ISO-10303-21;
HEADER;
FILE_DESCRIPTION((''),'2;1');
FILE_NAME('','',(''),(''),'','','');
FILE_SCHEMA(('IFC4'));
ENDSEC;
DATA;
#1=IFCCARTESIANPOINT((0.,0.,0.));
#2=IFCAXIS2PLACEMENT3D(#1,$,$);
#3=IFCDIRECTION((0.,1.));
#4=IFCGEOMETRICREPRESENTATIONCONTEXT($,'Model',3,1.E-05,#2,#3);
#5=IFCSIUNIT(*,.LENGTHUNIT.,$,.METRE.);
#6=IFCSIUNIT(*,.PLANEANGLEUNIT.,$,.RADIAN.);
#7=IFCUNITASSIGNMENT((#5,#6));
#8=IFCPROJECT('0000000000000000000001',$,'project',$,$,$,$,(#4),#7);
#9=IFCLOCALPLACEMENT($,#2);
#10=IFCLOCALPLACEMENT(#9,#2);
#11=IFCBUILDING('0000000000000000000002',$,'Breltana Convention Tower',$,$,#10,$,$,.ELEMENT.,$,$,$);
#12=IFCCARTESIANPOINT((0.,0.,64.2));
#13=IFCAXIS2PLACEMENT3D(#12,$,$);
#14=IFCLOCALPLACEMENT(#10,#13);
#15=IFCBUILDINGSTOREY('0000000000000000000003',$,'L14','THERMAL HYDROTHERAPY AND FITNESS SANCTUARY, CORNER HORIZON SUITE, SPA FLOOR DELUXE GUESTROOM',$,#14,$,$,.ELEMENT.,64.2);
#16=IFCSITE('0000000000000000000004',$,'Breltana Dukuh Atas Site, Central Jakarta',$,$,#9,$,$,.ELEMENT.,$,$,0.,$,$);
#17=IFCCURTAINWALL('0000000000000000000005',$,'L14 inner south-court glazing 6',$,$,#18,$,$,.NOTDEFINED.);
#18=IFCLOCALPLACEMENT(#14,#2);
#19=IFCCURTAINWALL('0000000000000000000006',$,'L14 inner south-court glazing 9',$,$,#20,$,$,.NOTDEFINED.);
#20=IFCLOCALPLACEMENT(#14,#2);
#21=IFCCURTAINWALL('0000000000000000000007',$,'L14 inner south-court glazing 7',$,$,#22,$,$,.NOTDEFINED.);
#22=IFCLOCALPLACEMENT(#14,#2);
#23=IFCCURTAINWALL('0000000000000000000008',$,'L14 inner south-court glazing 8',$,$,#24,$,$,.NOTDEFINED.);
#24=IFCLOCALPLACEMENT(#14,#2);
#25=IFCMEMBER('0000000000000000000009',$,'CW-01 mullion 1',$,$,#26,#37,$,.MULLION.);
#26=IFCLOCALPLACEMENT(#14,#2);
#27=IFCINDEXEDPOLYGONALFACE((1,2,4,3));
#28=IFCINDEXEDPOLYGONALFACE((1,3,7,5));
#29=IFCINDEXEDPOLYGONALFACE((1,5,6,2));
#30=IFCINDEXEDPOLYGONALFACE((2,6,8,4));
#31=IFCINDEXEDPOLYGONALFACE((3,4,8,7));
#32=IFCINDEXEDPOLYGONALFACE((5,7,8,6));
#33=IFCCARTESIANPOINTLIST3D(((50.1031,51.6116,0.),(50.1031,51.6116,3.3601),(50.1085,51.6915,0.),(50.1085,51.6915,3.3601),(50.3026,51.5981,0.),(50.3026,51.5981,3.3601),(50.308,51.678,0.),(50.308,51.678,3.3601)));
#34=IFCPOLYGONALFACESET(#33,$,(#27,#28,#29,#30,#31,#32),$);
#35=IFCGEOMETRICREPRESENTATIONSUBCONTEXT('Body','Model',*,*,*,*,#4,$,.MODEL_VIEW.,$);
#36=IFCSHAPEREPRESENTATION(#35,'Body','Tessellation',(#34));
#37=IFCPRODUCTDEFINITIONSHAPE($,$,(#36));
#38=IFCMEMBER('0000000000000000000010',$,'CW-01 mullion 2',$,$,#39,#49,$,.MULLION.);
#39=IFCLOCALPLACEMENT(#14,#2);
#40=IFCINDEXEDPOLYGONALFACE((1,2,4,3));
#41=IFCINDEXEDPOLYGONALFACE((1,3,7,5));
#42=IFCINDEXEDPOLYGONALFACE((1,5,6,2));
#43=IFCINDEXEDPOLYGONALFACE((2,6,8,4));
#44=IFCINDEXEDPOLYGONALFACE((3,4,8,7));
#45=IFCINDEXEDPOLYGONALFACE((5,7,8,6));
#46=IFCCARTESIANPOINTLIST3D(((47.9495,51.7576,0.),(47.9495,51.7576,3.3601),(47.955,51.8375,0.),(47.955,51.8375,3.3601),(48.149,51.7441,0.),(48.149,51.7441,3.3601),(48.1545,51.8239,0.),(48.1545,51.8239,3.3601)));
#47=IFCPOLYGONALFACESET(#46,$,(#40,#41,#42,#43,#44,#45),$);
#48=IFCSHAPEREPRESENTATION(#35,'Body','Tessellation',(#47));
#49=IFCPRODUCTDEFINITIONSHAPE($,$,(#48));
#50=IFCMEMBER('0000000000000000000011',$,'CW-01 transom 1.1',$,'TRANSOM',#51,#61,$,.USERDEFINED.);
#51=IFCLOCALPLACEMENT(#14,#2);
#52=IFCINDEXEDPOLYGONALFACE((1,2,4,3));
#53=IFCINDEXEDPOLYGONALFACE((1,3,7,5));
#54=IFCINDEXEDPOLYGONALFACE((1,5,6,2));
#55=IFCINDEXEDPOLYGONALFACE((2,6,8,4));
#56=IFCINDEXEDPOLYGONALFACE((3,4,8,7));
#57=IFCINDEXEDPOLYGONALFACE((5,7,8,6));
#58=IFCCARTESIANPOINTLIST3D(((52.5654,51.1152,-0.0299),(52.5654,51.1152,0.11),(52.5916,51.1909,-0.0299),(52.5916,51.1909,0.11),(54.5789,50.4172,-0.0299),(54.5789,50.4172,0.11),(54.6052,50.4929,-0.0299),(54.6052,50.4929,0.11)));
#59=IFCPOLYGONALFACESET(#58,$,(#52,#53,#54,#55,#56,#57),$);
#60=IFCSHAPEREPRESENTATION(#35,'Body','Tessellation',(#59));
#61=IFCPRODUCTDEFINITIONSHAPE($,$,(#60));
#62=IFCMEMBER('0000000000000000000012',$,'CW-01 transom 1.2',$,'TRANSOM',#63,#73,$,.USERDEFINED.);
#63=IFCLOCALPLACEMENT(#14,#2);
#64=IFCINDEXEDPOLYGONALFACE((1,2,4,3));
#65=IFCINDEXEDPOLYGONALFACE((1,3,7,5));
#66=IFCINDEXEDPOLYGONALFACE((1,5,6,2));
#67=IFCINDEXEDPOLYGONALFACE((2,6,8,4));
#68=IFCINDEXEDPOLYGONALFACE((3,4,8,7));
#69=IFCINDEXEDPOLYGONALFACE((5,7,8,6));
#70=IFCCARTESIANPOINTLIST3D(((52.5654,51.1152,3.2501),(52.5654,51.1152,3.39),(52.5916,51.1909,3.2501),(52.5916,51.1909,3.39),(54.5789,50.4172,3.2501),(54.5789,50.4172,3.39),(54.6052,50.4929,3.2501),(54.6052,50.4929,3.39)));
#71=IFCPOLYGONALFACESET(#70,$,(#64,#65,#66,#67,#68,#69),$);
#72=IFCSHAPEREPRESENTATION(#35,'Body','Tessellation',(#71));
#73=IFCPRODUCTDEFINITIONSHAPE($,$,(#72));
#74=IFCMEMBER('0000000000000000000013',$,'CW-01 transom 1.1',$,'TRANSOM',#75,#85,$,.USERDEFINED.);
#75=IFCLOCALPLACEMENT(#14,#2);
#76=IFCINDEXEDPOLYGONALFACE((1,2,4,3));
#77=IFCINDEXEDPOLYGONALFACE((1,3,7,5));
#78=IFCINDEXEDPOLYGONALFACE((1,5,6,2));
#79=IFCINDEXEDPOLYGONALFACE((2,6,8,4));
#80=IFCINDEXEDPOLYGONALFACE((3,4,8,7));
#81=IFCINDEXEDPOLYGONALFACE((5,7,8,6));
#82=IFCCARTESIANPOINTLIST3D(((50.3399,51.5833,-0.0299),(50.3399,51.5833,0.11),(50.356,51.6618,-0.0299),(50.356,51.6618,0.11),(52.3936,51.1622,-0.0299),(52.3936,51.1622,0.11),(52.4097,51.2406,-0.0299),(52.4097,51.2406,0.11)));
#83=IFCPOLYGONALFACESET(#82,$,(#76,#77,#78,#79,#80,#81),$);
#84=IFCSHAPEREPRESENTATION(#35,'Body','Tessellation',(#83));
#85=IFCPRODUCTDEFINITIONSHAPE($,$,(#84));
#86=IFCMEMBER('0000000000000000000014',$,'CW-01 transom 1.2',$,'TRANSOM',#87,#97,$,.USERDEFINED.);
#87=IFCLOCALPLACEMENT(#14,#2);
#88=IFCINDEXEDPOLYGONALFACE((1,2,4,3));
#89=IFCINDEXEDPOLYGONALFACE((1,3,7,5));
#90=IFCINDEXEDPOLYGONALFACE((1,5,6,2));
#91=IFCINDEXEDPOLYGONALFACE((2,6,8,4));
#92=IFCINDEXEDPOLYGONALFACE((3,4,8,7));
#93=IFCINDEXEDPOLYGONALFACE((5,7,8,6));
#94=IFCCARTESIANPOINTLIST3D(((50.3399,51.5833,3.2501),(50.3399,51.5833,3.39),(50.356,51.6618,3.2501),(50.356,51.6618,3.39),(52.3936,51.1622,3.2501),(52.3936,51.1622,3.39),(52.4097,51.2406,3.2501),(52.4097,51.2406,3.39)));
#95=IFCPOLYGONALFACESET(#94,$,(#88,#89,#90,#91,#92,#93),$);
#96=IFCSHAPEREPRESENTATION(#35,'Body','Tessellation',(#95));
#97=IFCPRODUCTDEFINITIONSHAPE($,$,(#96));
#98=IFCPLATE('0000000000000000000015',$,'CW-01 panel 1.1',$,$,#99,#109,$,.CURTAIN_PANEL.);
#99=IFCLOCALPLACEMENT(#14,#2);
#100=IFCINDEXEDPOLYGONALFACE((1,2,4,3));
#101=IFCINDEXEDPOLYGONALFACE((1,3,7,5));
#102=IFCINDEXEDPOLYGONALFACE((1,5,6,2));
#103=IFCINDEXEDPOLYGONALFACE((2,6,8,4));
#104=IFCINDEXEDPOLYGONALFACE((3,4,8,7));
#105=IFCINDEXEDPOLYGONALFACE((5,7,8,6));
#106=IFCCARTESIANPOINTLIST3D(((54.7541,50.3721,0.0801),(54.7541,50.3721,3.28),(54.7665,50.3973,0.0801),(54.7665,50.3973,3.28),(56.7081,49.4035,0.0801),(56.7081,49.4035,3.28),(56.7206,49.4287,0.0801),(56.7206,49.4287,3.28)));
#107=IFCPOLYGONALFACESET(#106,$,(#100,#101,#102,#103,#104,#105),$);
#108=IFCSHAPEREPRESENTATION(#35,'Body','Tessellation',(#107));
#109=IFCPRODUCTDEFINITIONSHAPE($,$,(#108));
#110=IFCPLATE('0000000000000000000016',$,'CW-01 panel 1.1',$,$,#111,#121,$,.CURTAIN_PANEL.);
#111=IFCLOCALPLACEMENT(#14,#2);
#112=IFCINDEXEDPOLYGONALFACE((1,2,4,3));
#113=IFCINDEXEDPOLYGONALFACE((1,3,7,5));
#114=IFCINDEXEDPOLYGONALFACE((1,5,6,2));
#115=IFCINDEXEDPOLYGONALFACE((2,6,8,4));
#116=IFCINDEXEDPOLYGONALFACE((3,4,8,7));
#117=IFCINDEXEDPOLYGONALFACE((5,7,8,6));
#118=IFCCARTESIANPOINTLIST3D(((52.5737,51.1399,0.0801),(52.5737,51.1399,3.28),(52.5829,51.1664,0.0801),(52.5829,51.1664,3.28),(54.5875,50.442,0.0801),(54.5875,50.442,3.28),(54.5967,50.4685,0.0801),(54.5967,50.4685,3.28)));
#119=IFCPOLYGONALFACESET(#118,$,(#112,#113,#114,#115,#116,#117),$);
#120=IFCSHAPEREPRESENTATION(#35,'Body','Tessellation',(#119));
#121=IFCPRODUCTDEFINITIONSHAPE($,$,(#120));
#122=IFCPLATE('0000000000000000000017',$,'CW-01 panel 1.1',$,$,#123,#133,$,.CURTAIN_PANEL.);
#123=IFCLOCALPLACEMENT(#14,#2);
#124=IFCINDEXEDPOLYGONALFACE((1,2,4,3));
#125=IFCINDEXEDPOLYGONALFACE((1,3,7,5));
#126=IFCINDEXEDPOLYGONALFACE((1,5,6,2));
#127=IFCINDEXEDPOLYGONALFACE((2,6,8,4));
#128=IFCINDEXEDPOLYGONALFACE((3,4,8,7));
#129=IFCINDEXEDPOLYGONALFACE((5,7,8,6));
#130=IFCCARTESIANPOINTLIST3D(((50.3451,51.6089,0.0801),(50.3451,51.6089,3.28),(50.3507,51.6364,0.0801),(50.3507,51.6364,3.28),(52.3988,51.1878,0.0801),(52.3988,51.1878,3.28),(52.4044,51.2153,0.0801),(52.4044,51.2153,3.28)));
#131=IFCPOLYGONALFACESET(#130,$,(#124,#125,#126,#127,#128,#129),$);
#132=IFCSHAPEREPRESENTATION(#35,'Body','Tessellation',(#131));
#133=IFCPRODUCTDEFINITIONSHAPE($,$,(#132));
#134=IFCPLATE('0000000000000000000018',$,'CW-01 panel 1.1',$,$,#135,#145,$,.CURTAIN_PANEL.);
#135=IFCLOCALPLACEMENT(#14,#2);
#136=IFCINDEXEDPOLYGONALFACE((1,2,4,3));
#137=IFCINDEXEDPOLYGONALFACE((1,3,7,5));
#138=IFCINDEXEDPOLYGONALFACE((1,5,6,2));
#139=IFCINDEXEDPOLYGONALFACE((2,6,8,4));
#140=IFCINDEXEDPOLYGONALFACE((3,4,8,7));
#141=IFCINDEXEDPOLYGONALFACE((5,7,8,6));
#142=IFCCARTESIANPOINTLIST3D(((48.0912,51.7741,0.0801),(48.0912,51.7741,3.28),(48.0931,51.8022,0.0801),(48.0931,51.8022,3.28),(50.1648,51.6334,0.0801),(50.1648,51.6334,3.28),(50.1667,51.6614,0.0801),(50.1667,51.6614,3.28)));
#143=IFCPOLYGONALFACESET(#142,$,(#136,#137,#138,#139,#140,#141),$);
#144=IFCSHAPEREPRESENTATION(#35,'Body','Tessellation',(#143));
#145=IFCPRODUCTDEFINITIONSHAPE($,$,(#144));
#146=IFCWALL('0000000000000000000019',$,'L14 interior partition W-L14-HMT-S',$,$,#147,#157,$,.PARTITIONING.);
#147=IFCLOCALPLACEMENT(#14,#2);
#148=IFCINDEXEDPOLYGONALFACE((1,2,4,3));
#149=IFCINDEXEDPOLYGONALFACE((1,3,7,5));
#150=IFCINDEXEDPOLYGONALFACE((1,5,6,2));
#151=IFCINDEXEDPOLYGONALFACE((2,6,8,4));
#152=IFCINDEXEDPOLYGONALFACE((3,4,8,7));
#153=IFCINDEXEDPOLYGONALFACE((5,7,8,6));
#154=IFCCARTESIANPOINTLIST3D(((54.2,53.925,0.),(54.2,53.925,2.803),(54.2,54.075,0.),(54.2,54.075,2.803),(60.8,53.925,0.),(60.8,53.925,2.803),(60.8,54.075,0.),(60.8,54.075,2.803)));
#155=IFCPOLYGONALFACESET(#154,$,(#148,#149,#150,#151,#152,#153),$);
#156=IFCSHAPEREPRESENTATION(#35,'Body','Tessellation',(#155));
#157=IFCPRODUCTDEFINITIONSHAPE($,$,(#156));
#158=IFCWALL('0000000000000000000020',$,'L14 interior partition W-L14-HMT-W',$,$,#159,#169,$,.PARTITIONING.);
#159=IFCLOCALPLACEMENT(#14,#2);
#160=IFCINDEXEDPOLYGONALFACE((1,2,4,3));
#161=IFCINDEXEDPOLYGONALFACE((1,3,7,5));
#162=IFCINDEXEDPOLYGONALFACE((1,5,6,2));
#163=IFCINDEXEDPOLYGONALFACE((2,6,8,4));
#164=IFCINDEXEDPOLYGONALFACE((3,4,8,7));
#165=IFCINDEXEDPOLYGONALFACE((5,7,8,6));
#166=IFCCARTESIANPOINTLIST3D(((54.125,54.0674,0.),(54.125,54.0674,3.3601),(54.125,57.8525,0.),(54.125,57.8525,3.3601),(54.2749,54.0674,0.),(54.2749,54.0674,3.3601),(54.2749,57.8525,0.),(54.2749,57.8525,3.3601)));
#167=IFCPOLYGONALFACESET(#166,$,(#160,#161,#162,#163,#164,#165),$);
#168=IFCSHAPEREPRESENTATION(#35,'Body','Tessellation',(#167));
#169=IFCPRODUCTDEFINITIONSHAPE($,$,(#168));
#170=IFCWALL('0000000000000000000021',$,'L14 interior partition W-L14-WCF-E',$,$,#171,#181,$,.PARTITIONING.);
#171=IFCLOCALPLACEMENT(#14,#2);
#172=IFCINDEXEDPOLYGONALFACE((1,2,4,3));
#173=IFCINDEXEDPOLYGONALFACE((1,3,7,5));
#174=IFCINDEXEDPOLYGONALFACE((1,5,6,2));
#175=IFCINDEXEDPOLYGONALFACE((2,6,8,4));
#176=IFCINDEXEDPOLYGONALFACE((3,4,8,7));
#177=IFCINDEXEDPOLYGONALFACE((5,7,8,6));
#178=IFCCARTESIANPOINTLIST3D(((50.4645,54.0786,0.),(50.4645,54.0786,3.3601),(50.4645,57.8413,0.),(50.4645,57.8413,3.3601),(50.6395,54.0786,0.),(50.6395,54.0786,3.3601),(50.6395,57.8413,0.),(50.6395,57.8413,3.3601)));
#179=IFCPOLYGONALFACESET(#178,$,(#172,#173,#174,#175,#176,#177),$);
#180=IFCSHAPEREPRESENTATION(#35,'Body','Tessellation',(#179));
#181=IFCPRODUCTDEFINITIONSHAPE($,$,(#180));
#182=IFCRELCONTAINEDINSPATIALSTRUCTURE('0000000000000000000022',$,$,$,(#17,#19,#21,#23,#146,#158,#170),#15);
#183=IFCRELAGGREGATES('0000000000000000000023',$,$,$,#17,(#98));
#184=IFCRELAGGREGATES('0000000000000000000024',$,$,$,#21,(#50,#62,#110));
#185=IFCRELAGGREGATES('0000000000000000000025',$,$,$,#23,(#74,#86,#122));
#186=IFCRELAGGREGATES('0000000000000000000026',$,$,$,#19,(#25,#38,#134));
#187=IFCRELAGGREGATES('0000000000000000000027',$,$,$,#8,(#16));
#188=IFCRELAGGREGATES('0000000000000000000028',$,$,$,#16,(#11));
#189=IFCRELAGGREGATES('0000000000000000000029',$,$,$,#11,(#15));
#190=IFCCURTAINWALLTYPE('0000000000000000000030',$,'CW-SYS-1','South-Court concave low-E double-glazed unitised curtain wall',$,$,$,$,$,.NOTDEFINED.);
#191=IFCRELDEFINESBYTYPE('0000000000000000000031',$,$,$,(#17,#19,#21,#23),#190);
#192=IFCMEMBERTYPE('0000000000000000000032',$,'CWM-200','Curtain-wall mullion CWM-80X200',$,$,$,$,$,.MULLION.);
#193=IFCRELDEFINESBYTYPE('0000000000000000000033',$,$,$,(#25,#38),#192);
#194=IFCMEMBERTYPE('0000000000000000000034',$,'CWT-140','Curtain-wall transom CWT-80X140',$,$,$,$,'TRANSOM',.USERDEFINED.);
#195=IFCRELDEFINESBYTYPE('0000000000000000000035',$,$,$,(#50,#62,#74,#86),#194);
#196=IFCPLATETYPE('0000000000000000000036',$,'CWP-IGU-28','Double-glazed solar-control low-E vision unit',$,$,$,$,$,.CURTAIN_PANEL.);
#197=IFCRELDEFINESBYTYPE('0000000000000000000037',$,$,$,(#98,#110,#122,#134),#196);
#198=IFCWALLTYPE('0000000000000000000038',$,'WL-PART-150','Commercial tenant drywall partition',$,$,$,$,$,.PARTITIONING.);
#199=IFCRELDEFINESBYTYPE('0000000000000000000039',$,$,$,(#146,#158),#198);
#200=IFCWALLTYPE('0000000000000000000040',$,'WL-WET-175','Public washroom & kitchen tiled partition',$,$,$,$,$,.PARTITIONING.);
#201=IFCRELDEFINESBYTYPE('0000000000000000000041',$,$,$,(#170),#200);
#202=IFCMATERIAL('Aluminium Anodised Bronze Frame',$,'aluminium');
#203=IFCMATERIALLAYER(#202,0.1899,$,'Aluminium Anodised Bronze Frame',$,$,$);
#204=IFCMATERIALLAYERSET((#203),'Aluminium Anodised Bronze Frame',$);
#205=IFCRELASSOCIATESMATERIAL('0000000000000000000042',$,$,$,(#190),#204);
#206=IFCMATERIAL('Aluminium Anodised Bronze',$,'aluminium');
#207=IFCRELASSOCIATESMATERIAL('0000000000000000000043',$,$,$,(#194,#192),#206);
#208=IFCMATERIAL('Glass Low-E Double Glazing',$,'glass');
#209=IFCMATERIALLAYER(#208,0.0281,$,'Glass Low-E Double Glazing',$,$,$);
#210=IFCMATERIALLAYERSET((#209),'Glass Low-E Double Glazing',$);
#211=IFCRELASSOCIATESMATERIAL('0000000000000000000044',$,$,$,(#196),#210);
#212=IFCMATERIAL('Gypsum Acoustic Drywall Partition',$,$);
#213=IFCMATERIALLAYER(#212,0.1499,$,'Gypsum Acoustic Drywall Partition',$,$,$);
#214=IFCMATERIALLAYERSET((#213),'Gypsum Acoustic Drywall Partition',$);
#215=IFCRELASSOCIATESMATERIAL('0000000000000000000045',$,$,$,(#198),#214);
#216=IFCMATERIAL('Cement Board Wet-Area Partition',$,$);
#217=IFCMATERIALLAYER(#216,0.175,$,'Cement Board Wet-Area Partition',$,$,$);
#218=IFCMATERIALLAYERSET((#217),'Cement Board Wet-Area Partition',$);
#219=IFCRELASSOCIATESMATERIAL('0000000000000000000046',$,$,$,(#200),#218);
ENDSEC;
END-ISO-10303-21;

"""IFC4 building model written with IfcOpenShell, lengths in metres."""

from ifc_helpers import new_model, si_unit, direction, frame, frame_2d, origin, origin_2d, place, context, subcontext, project, spatial, rectangle, extrude, source, transform, mapped, material, layer, layer_set, material_profile, profile_set, type_object, element, aggregate, save


model = new_model("IFC4")

# Units and contexts
model_context = context("Model", 3, precision=1e-05, world=origin(), true_north=direction((0.0, 1.0)))
body_context = subcontext(model_context, "Body", "Model", "MODEL_VIEW")
ifc_project = project(units=[si_unit("LENGTHUNIT", "METRE"), si_unit("PLANEANGLEUNIT", "RADIAN")], contexts=[model_context])

# Site, building, storey
site_placement = place(None, origin())
site = spatial("IfcSite", under=ifc_project, at=site_placement, Name="Breltana Dukuh Atas Site, Central Jakarta", CompositionType="ELEMENT", RefElevation=0.0)
building_placement = place(site_placement, origin())
building = spatial("IfcBuilding", under=site, at=building_placement, Name="Breltana Convention Tower", CompositionType="ELEMENT")
storey_placement = place(building_placement, frame((0.0, 0.0, 64.2)))
storey = spatial("IfcBuildingStorey", under=building, at=storey_placement, Name="L14", Description="THERMAL HYDROTHERAPY AND FITNESS SANCTUARY, CORNER HORIZON SUITE, SPA FLOOR DELUXE GUESTROOM", CompositionType="ELEMENT", Elevation=64.2)

# Curtain wall
ifc_material_1 = material(Name="Aluminium Anodised Bronze Frame", Category="aluminium")
ifc_layer_1 = layer(ifc_material_1, 0.1899, Name="Aluminium Anodised Bronze Frame")
ifc_layer_set_1 = layer_set([ifc_layer_1], Name="Aluminium Anodised Bronze Frame")
curtain_wall_type = type_object("IfcCurtainWallType", Name="CW-SYS-1", Description="South-Court concave low-E double-glazed unitised curtain wall", PredefinedType="NOTDEFINED", material=ifc_layer_set_1)
curtain_wall_1_placement = place(storey_placement, origin())
curtain_wall_1 = element("IfcCurtainWall", 1, at=curtain_wall_1_placement, inside=storey, type_object=curtain_wall_type, Name="L14 inner south-court glazing 6", PredefinedType="NOTDEFINED")
ifc_material_2 = material(Name="Aluminium Anodised Bronze", Category="aluminium")
ifc_material_profile_1 = material_profile(ifc_material_2, rectangle(XDim=0.0801, YDim=0.1399, at=origin_2d()), Name="CWT-80X140")
ifc_profile_set_1 = profile_set([ifc_material_profile_1], Name="Aluminium Anodised Bronze")
member_type_1 = type_object("IfcMemberType", Name="CWT-140", Description="Curtain-wall transom CWT-80X140", ElementType="TRANSOM", PredefinedType="USERDEFINED", material=ifc_profile_set_1)

# Curtain wall
curtain_wall_2_placement = place(storey_placement, origin())
curtain_wall_2 = element("IfcCurtainWall", 2, at=curtain_wall_2_placement, inside=storey, type_object=curtain_wall_type, Name="L14 inner south-court glazing 9", PredefinedType="NOTDEFINED")

# Shared definitions
ifc_material_profile_2 = material_profile(ifc_material_2, rectangle(XDim=0.0801, YDim=0.2, at=origin_2d()), Name="CWM-80X200")
ifc_profile_set_2 = profile_set([ifc_material_profile_2], Name="Aluminium Anodised Bronze")
member_type_2 = type_object("IfcMemberType", Name="CWM-200", Description="Curtain-wall mullion CWM-80X200", PredefinedType="MULLION", material=ifc_profile_set_2)
shared_shape_1 = source(origin(), body_context, "Body", "SweptSolid", [
    extrude(rectangle(XDim=0.0801, YDim=0.2, at=origin_2d()), origin(), (0.0, 0.0, 1.0), 3.3601),
])

# Curtain walls
curtain_wall_3_placement = place(storey_placement, origin())
curtain_wall_3 = element("IfcCurtainWall", 3, at=curtain_wall_3_placement, inside=storey, type_object=curtain_wall_type, Name="L14 inner south-court glazing 7", PredefinedType="NOTDEFINED")
curtain_wall_4_placement = place(storey_placement, origin())
curtain_wall_4 = element("IfcCurtainWall", 4, at=curtain_wall_4_placement, inside=storey, type_object=curtain_wall_type, Name="L14 inner south-court glazing 8", PredefinedType="NOTDEFINED")

# Members
member_1_placement = place(storey_placement, frame((50.2056, 51.6448, 0.0), z_axis=(0.0, 0.0, 1.0), x_axis=(-0.067726, -0.997704, 0.0)))
member_1 = element("IfcMember", 5, at=member_1_placement, type_object=member_type_2, Name="CW-01 mullion 1", PredefinedType="MULLION", context=body_context, shape_type="MappedRepresentation", body=[
    mapped(shared_shape_1, transform((0.0, 0.0, 0.0), scale=1.0)),
])
member_2_placement = place(storey_placement, frame((48.052, 51.7908, 0.0), z_axis=(0.0, 0.0, 1.0), x_axis=(-0.067726, -0.997704, 0.0)))
member_2 = element("IfcMember", 6, at=member_2_placement, type_object=member_type_2, Name="CW-01 mullion 2", PredefinedType="MULLION", context=body_context, shape_type="MappedRepresentation", body=[
    mapped(shared_shape_1, transform((0.0, 0.0, 0.0), scale=1.0)),
])
shared_shape_2 = source(origin(), body_context, "Body", "SweptSolid", [
    extrude(rectangle(XDim=0.0801, YDim=0.1399, at=origin_2d()), origin(), (0.0, 0.0, 1.0), 2.1311),
])
member_3_placement = place(storey_placement, frame((54.592, 50.4551, 0.04), z_axis=(-0.944847, 0.327512, 0.0), x_axis=(-0.327512, -0.944847, 0.0)))
member_3 = element("IfcMember", 7, at=member_3_placement, type_object=member_type_1, Name="CW-01 transom 1.1", ObjectType="TRANSOM", PredefinedType="USERDEFINED", context=body_context, shape_type="MappedRepresentation", body=[
    mapped(shared_shape_2, transform((0.0, 0.0, 0.0), scale=1.0)),
])
member_4_placement = place(storey_placement, frame((54.592, 50.4551, 3.3201), z_axis=(-0.944847, 0.327512, 0.0), x_axis=(-0.327512, -0.944847, 0.0)))
member_4 = element("IfcMember", 8, at=member_4_placement, type_object=member_type_1, Name="CW-01 transom 1.2", ObjectType="TRANSOM", PredefinedType="USERDEFINED", context=body_context, shape_type="MappedRepresentation", body=[
    mapped(shared_shape_2, transform((0.0, 0.0, 0.0), scale=1.0)),
])
shared_shape_3 = source(origin(), body_context, "Body", "SweptSolid", [
    extrude(rectangle(XDim=0.0801, YDim=0.1399, at=origin_2d()), origin(), (0.0, 0.0, 1.0), 2.0964),
])
member_5_placement = place(storey_placement, frame((52.4016, 51.2014, 0.04), z_axis=(-0.979615, 0.200884, 0.0), x_axis=(-0.200884, -0.979615, 0.0)))
member_5 = element("IfcMember", 9, at=member_5_placement, type_object=member_type_1, Name="CW-01 transom 1.1", ObjectType="TRANSOM", PredefinedType="USERDEFINED", context=body_context, shape_type="MappedRepresentation", body=[
    mapped(shared_shape_3, transform((0.0, 0.0, 0.0), scale=1.0)),
])
member_6_placement = place(storey_placement, frame((52.4016, 51.2014, 3.3201), z_axis=(-0.979615, 0.200884, 0.0), x_axis=(-0.200884, -0.979615, 0.0)))
member_6 = element("IfcMember", 10, at=member_6_placement, type_object=member_type_1, Name="CW-01 transom 1.2", ObjectType="TRANSOM", PredefinedType="USERDEFINED", context=body_context, shape_type="MappedRepresentation", body=[
    mapped(shared_shape_3, transform((0.0, 0.0, 0.0), scale=1.0)),
])

# Plates
ifc_material_3 = material(Name="Glass Low-E Double Glazing", Category="glass")
ifc_layer_2 = layer(ifc_material_3, 0.0281, Name="Glass Low-E Double Glazing")
ifc_layer_set_2 = layer_set([ifc_layer_2], Name="Glass Low-E Double Glazing")
plate_type = type_object("IfcPlateType", Name="CWP-IGU-28", Description="Double-glazed solar-control low-E vision unit", PredefinedType="CURTAIN_PANEL", material=ifc_layer_set_2)
shared_shape_4 = source(origin(), body_context, "Body", "SweptSolid", [
    extrude(rectangle(XDim=2.1809, YDim=0.0281, at=origin_2d()), origin(), (0.0, 0.0, 1.0), 3.2),
])
plate_1_placement = place(storey_placement, frame((55.7373, 49.9004, 0.0801), z_axis=(0.0, 0.0, 1.0), x_axis=(-0.895968, 0.444118, 0.0)))
plate_1 = element("IfcPlate", 11, at=plate_1_placement, type_object=plate_type, Name="CW-01 panel 1.1", PredefinedType="CURTAIN_PANEL", context=body_context, shape_type="MappedRepresentation", body=[
    mapped(shared_shape_4, transform((0.0, 0.0, 0.0), scale=1.0)),
])
aggregate(curtain_wall_1, [plate_1])
shared_shape_5 = source(origin(), body_context, "Body", "SweptSolid", [
    extrude(rectangle(XDim=2.1313, YDim=0.0281, at=origin_2d()), origin(), (0.0, 0.0, 1.0), 3.2),
])
plate_2_placement = place(storey_placement, frame((53.5852, 50.8042, 0.0801), z_axis=(0.0, 0.0, 1.0), x_axis=(-0.944881, 0.327413, 0.0)))
plate_2 = element("IfcPlate", 12, at=plate_2_placement, type_object=plate_type, Name="CW-01 panel 1.1", PredefinedType="CURTAIN_PANEL", context=body_context, shape_type="MappedRepresentation", body=[
    mapped(shared_shape_5, transform((0.0, 0.0, 0.0), scale=1.0)),
])
aggregate(curtain_wall_3, [member_3, member_4, plate_2])
shared_shape_6 = source(origin(), body_context, "Body", "SweptSolid", [
    extrude(rectangle(XDim=2.0964, YDim=0.0281, at=origin_2d()), origin(), (0.0, 0.0, 1.0), 3.2),
])
plate_3_placement = place(storey_placement, frame((51.3748, 51.4121, 0.0801), z_axis=(0.0, 0.0, 1.0), x_axis=(-0.979615, 0.200886, 0.0)))
plate_3 = element("IfcPlate", 13, at=plate_3_placement, type_object=plate_type, Name="CW-01 panel 1.1", PredefinedType="CURTAIN_PANEL", context=body_context, shape_type="MappedRepresentation", body=[
    mapped(shared_shape_6, transform((0.0, 0.0, 0.0), scale=1.0)),
])
aggregate(curtain_wall_4, [member_5, member_6, plate_3])
shared_shape_7 = source(origin(), body_context, "Body", "SweptSolid", [
    extrude(rectangle(XDim=2.0784, YDim=0.0281, at=origin_2d()), origin(), (0.0, 0.0, 1.0), 3.2),
])
plate_4_placement = place(storey_placement, frame((49.1289, 51.7178, 0.0801), z_axis=(0.0, 0.0, 1.0), x_axis=(-0.997704, 0.067726, 0.0)))
plate_4 = element("IfcPlate", 14, at=plate_4_placement, type_object=plate_type, Name="CW-01 panel 1.1", PredefinedType="CURTAIN_PANEL", context=body_context, shape_type="MappedRepresentation", body=[
    mapped(shared_shape_7, transform((0.0, 0.0, 0.0), scale=1.0)),
])
aggregate(curtain_wall_2, [member_1, member_2, plate_4])

# Walls
ifc_material_4 = material(Name="Gypsum Acoustic Drywall Partition")
ifc_layer_3 = layer(ifc_material_4, 0.1499, Name="Gypsum Acoustic Drywall Partition")
ifc_layer_set_3 = layer_set([ifc_layer_3], Name="Gypsum Acoustic Drywall Partition")
wall_type_1 = type_object("IfcWallType", Name="WL-PART-150", Description="Commercial tenant drywall partition", PredefinedType="PARTITIONING", material=ifc_layer_set_3)
shared_shape_8 = source(origin(), body_context, "Body", "SweptSolid", [
    extrude(rectangle(XDim=6.6001, YDim=0.1499, at=frame_2d((3.3, 0.0))), origin(), (0.0, 0.0, 1.0), 2.803),
])
wall_1_placement = place(storey_placement, frame((54.2, 54.0, 0.0), z_axis=(0.0, 0.0, 1.0), x_axis=(1.0, 0.0, 0.0)))
element("IfcWall", 15, at=wall_1_placement, inside=storey, type_object=wall_type_1, Name="L14 interior partition W-L14-HMT-S", PredefinedType="PARTITIONING", context=body_context, shape_type="MappedRepresentation", body=[
    mapped(shared_shape_8, transform((0.0, 0.0, 0.0), scale=1.0)),
])
shared_shape_9 = source(origin(), body_context, "Body", "SweptSolid", [
    extrude(rectangle(XDim=3.7852, YDim=0.1499, at=frame_2d((1.8926, 0.0))), origin(), (0.0, 0.0, 1.0), 3.3601),
])
wall_2_placement = place(storey_placement, frame((54.2, 54.0674, 0.0), z_axis=(0.0, 0.0, 1.0), x_axis=(0.0, 1.0, 0.0)))
element("IfcWall", 16, at=wall_2_placement, inside=storey, type_object=wall_type_1, Name="L14 interior partition W-L14-HMT-W", PredefinedType="PARTITIONING", context=body_context, shape_type="MappedRepresentation", body=[
    mapped(shared_shape_9, transform((0.0, 0.0, 0.0), scale=1.0)),
])
ifc_material_5 = material(Name="Cement Board Wet-Area Partition")
ifc_layer_4 = layer(ifc_material_5, 0.175, Name="Cement Board Wet-Area Partition")
ifc_layer_set_4 = layer_set([ifc_layer_4], Name="Cement Board Wet-Area Partition")
wall_type_2 = type_object("IfcWallType", Name="WL-WET-175", Description="Public washroom & kitchen tiled partition", PredefinedType="PARTITIONING", material=ifc_layer_set_4)
shared_shape_10 = source(origin(), body_context, "Body", "SweptSolid", [
    extrude(rectangle(XDim=3.7627, YDim=0.175, at=frame_2d((1.8813, 0.0))), origin(), (0.0, 0.0, 1.0), 3.3601),
])
for number, where, z_axis, x_axis, name in (
    (17, (50.552, 54.0786, 0.0), (0.0, 0.0, 1.0), (0.0, 1.0, 0.0), "L14 interior partition W-L14-WCF-E"),
):
    element("IfcWall", number, at=place(storey_placement, frame(where, z_axis=z_axis, x_axis=x_axis)), inside=storey, type_object=wall_type_2, Name=name, PredefinedType="PARTITIONING", context=body_context, shape_type="MappedRepresentation", body=[
        mapped(shared_shape_10, transform((0.0, 0.0, 0.0), scale=1.0)),
    ])

save(model, "model.ifc")
